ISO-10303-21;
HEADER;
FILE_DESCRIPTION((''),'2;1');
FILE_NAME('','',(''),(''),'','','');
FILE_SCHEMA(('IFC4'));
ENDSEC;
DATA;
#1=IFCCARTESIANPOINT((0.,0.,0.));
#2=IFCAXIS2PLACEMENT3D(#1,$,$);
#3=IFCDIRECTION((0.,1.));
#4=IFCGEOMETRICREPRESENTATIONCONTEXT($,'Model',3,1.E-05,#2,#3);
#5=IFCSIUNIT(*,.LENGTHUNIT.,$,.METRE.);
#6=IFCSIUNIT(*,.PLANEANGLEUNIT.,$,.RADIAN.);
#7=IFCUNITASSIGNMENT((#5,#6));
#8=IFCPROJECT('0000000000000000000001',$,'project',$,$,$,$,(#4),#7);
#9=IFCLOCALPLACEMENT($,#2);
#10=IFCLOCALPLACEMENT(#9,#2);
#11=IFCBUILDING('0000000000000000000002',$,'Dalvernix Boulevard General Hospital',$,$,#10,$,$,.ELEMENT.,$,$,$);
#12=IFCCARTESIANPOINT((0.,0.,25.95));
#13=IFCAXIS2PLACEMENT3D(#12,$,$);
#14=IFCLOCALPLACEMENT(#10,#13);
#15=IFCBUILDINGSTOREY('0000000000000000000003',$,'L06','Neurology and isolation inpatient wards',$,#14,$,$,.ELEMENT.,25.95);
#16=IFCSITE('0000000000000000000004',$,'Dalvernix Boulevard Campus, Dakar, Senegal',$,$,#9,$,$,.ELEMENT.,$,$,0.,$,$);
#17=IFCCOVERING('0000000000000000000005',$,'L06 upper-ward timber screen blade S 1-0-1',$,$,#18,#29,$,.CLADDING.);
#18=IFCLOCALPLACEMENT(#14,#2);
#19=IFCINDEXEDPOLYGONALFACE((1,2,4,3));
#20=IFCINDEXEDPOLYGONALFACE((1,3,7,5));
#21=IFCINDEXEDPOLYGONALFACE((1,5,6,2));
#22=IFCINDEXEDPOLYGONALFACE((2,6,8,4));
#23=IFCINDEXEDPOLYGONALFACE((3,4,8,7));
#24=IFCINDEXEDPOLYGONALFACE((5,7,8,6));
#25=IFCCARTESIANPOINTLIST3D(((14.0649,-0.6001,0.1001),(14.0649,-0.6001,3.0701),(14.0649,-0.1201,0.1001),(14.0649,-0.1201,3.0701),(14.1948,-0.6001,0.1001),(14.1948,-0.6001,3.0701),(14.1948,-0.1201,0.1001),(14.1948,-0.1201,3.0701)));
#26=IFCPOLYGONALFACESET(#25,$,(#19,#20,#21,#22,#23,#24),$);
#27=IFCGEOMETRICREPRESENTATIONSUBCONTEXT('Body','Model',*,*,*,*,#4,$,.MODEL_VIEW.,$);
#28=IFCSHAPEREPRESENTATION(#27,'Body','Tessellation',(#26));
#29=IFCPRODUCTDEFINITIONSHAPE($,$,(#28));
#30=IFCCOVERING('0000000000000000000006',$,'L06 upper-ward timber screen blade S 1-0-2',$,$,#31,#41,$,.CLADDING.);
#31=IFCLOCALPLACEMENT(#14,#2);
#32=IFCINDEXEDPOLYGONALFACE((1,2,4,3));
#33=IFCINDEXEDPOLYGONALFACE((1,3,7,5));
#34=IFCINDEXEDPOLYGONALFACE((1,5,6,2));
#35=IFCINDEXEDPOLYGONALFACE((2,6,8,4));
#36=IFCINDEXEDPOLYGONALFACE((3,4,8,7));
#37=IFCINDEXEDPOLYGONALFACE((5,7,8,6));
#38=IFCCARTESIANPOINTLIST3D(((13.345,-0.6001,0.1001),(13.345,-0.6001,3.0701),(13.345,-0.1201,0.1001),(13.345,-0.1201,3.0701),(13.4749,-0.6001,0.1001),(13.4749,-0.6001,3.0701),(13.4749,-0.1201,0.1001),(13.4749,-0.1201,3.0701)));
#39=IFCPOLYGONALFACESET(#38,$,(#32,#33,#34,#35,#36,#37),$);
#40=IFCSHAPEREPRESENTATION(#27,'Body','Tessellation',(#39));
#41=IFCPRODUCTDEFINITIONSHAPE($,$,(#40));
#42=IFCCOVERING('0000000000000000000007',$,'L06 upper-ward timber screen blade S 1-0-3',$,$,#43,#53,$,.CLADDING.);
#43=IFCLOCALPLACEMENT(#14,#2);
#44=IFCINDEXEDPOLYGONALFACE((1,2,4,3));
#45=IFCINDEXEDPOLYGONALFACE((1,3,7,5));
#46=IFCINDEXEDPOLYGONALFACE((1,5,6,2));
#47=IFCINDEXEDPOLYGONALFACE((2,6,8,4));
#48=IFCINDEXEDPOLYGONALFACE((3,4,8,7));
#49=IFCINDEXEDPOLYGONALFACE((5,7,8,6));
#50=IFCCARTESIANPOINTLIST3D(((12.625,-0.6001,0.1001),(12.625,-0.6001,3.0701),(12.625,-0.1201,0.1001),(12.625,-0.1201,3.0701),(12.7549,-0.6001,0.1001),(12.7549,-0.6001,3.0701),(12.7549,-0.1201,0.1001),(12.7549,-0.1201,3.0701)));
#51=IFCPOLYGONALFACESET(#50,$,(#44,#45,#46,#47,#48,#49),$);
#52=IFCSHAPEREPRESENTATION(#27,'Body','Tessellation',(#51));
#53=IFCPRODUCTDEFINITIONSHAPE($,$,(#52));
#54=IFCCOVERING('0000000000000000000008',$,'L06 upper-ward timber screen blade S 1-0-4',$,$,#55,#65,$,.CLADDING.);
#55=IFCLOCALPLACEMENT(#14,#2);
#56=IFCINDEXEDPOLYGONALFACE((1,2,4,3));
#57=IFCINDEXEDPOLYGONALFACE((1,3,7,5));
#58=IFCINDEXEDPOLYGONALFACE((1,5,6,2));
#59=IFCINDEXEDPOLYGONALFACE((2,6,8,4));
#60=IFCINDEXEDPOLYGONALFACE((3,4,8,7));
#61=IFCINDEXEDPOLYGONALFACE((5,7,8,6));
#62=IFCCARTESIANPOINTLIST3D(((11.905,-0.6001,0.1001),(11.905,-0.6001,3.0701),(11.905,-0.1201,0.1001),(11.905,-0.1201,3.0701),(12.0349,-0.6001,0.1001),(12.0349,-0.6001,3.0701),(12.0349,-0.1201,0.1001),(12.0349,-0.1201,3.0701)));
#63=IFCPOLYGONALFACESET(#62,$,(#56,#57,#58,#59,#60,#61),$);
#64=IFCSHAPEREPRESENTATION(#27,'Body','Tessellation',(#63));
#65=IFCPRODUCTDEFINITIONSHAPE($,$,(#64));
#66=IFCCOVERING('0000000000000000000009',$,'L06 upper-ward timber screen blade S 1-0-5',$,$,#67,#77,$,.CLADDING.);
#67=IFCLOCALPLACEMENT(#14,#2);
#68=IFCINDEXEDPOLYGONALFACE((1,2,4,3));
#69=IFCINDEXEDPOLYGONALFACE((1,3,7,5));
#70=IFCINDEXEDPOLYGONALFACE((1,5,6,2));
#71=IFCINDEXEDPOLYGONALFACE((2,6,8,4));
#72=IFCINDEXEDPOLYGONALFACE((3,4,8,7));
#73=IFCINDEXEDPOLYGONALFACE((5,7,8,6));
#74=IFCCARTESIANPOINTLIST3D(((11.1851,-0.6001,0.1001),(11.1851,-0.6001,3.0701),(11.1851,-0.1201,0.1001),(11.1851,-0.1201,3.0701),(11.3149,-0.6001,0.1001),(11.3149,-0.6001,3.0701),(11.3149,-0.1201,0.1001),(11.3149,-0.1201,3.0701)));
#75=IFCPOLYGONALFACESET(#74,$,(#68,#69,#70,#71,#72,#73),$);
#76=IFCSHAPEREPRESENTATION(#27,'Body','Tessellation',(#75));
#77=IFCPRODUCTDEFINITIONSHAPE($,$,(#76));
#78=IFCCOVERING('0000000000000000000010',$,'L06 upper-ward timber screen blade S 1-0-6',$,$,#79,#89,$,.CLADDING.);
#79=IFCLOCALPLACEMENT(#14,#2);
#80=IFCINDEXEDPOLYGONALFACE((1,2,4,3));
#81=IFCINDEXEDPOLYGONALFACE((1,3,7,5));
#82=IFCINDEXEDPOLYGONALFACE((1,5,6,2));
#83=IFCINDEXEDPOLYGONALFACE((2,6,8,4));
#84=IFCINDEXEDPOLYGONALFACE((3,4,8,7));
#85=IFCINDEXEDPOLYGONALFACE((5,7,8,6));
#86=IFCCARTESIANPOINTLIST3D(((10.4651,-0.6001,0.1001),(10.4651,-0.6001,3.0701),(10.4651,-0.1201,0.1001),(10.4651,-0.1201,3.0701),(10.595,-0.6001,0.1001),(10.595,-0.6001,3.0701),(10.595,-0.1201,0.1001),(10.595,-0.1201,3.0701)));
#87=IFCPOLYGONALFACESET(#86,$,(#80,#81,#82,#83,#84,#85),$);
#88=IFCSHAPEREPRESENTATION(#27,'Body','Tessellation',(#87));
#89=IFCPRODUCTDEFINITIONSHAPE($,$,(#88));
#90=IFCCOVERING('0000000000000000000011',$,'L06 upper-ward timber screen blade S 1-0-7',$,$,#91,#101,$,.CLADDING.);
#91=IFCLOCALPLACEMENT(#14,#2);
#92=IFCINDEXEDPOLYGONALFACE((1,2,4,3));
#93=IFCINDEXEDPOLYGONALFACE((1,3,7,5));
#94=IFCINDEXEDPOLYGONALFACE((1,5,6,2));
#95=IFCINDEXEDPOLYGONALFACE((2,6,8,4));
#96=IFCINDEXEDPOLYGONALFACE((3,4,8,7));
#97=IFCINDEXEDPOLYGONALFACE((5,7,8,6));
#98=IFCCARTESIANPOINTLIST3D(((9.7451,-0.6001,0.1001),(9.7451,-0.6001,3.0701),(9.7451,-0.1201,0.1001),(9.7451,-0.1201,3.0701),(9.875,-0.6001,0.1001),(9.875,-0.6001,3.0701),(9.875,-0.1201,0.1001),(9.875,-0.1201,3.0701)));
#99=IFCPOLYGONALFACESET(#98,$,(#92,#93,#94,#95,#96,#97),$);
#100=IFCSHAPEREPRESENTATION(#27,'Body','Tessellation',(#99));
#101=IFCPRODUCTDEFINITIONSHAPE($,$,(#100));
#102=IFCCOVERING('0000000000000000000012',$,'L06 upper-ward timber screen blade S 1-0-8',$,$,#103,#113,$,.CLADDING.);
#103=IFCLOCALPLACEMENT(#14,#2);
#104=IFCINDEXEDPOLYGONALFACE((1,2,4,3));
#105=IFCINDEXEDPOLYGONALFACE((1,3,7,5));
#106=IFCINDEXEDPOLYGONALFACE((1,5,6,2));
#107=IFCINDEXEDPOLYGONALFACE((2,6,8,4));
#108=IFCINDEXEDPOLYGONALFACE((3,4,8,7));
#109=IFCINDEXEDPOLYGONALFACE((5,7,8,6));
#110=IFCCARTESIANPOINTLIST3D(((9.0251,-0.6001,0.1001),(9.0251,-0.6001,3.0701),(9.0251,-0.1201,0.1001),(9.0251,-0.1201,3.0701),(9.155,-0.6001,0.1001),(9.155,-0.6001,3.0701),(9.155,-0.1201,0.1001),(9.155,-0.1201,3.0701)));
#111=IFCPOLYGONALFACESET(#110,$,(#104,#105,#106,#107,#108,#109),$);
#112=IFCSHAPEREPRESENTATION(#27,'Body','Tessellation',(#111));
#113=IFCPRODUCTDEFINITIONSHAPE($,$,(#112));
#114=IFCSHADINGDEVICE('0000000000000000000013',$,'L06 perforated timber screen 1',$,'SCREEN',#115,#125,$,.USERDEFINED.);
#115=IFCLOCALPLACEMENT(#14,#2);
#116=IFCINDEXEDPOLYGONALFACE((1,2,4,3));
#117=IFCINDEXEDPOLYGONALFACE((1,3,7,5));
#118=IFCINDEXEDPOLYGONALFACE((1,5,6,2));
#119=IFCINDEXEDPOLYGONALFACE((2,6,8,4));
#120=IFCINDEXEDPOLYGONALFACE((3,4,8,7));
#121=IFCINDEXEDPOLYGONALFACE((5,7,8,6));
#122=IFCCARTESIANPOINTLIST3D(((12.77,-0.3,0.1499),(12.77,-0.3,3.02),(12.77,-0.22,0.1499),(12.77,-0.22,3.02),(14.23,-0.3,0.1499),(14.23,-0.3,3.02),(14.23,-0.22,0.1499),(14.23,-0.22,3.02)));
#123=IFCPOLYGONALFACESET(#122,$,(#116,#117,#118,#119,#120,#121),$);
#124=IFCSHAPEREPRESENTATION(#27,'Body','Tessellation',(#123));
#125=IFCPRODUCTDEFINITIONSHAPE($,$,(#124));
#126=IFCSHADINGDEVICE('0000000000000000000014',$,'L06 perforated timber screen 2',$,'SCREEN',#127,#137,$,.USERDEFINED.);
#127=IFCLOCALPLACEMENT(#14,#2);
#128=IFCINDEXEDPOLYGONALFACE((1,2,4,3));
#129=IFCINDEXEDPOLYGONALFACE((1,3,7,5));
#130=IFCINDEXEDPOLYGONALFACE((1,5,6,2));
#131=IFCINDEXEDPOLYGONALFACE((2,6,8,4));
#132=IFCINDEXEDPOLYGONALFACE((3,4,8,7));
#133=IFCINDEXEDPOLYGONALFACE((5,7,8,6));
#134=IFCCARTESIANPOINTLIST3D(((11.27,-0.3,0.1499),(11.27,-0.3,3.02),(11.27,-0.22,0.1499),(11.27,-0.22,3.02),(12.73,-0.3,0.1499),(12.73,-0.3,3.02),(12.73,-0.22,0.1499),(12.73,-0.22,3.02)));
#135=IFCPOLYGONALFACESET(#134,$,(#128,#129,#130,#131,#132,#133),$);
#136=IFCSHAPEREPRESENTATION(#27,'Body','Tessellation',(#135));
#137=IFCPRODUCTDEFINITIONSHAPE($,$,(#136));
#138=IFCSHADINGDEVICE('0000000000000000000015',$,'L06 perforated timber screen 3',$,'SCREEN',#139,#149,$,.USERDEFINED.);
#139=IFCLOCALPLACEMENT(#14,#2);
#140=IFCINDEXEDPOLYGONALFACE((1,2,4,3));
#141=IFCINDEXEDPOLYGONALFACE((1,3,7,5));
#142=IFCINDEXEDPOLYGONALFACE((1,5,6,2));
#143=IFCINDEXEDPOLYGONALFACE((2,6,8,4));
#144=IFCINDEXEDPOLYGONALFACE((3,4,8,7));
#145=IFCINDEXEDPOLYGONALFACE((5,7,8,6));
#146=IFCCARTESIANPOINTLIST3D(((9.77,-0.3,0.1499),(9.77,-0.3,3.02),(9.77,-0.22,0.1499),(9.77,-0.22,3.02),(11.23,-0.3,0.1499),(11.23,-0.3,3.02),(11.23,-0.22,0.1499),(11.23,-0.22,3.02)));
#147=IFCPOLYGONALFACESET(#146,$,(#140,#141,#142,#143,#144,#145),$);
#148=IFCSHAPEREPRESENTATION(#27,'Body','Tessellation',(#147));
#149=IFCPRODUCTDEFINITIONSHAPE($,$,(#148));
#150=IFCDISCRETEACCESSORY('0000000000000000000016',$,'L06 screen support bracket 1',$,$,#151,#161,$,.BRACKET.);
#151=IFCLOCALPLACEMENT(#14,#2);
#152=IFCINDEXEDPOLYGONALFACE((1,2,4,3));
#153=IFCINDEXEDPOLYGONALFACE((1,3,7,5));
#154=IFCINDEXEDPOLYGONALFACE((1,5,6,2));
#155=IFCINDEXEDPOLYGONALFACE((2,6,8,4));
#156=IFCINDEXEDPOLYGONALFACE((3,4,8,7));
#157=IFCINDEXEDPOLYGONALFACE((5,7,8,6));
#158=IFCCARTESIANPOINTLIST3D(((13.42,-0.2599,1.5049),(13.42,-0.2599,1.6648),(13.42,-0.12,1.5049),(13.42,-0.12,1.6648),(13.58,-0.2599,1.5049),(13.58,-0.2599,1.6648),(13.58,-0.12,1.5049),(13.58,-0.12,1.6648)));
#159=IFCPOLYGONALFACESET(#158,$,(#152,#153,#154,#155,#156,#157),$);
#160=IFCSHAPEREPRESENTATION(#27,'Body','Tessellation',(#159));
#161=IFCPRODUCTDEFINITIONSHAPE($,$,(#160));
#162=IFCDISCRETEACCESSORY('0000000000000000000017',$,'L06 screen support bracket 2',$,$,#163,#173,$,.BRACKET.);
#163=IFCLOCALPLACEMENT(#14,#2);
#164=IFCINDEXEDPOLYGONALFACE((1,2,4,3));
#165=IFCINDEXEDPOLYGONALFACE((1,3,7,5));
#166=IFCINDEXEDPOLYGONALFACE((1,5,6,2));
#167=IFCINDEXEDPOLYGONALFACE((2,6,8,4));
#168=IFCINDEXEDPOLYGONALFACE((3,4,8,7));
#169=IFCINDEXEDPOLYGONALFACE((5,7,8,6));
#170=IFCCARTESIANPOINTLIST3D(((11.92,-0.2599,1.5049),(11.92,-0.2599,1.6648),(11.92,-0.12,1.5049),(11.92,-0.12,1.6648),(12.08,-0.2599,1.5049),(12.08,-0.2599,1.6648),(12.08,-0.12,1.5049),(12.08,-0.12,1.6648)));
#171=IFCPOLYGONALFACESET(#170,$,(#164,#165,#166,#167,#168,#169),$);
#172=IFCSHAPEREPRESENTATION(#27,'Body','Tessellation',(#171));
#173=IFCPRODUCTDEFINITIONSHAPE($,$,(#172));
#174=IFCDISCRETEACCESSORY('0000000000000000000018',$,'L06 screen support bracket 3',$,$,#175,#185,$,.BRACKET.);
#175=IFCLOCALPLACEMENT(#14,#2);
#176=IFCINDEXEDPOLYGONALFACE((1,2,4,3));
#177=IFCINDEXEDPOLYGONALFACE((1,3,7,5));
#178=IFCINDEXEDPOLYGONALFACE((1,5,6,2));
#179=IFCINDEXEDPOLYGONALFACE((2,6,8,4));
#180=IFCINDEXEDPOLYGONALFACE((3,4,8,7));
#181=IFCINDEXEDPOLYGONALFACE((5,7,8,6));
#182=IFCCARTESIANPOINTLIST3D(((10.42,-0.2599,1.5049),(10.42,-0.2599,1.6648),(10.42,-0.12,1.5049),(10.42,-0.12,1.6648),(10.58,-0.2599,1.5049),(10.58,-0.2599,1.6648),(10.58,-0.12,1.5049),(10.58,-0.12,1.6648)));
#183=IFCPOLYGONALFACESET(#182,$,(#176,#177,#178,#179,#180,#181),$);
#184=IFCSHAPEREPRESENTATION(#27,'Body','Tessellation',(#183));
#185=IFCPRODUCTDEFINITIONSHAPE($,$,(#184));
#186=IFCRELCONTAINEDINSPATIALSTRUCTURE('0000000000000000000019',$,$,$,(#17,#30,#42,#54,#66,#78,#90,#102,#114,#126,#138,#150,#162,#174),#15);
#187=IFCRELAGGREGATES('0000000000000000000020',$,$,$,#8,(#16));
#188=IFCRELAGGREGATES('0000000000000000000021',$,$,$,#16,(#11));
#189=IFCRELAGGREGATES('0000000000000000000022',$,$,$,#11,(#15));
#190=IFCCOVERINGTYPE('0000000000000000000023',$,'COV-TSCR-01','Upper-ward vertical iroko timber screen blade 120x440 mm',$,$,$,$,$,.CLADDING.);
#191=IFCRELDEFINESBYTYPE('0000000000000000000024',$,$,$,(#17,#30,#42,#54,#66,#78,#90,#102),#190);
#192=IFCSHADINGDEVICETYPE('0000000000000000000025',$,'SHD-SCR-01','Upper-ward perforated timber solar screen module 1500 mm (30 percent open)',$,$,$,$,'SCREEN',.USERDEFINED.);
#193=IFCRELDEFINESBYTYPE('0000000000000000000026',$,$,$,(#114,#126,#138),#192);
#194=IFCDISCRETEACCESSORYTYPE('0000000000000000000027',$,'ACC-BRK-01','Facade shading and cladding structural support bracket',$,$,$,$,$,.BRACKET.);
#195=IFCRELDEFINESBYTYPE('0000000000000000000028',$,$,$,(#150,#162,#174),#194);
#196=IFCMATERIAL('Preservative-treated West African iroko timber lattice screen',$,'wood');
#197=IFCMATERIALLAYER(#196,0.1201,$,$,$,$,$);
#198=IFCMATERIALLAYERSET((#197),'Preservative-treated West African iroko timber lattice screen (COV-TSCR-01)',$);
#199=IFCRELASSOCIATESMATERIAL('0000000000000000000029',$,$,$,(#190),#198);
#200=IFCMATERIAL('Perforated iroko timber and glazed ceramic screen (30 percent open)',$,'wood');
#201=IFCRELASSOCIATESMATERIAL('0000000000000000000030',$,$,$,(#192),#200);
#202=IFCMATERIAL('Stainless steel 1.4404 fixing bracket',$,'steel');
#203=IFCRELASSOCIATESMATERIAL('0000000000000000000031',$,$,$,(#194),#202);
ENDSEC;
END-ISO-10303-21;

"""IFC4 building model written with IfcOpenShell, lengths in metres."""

from ifc_helpers import new_model, si_unit, direction, frame, origin, origin_2d, place, context, subcontext, project, spatial, rectangle, extrude, material, layer, layer_set, type_object, element, save


model = new_model("IFC4")

# Units and contexts
model_context = context("Model", 3, precision=1e-05, world=origin(), true_north=direction((0.0, 1.0)))
body_context = subcontext(model_context, "Body", "Model", "MODEL_VIEW")
ifc_project = project(units=[si_unit("LENGTHUNIT", "METRE"), si_unit("PLANEANGLEUNIT", "RADIAN")], contexts=[model_context])

# Site, building, storey
site_placement = place(None, origin())
site = spatial("IfcSite", under=ifc_project, at=site_placement, Name="Dalvernix Boulevard Campus, Dakar, Senegal", CompositionType="ELEMENT", RefElevation=0.0)
building_placement = place(site_placement, origin())
building = spatial("IfcBuilding", under=site, at=building_placement, Name="Dalvernix Boulevard General Hospital", CompositionType="ELEMENT")
storey_placement = place(building_placement, frame((0.0, 0.0, 25.95)))
storey = spatial("IfcBuildingStorey", under=building, at=storey_placement, Name="L06", Description="Neurology and isolation inpatient wards", CompositionType="ELEMENT", Elevation=25.95)

# Coverings
ifc_material_1 = material(Name="Preservative-treated West African iroko timber lattice screen", Category="wood")
ifc_layer_1 = layer(ifc_material_1, 0.1201)
ifc_layer_set_1 = layer_set([ifc_layer_1], Name="Preservative-treated West African iroko timber lattice screen (COV-TSCR-01)")
covering_type_1 = type_object("IfcCoveringType", Name="COV-TSCR-01", Description="Upper-ward vertical iroko timber screen blade 120x440 mm", PredefinedType="CLADDING", material=ifc_layer_set_1)
for number, where, z_axis, x_axis, name in (
    (1, (14.1299, -0.3601, 0.1001), (0.0, 0.0, 1.0), (-1.0, 0.0, 0.0), "L06 upper-ward timber screen blade S 1-0-1"),
    (2, (13.4099, -0.3601, 0.1001), (0.0, 0.0, 1.0), (-1.0, 0.0, 0.0), "L06 upper-ward timber screen blade S 1-0-2"),
    (3, (12.6899, -0.3601, 0.1001), (0.0, 0.0, 1.0), (-1.0, 0.0, 0.0), "L06 upper-ward timber screen blade S 1-0-3"),
    (4, (11.97, -0.3601, 0.1001), (0.0, 0.0, 1.0), (-1.0, 0.0, 0.0), "L06 upper-ward timber screen blade S 1-0-4"),
    (5, (11.25, -0.3601, 0.1001), (0.0, 0.0, 1.0), (-1.0, 0.0, 0.0), "L06 upper-ward timber screen blade S 1-0-5"),
    (6, (10.53, -0.3601, 0.1001), (0.0, 0.0, 1.0), (-1.0, 0.0, 0.0), "L06 upper-ward timber screen blade S 1-0-6"),
    (7, (9.8101, -0.3601, 0.1001), (0.0, 0.0, 1.0), (-1.0, 0.0, 0.0), "L06 upper-ward timber screen blade S 1-0-7"),
    (8, (9.0901, -0.3601, 0.1001), (0.0, 0.0, 1.0), (-1.0, 0.0, 0.0), "L06 upper-ward timber screen blade S 1-0-8"),
):
    element("IfcCovering", number, at=place(storey_placement, frame(where, z_axis=z_axis, x_axis=x_axis)), inside=storey, type_object=covering_type_1, Name=name, PredefinedType="CLADDING", context=body_context, shape_type="SweptSolid", body=[
        extrude(rectangle(XDim=0.1299, YDim=0.48, at=origin_2d()), origin(), (0.0, 0.0, 1.0), 2.97),
    ])

# Shading devices
ifc_material_2 = material(Name="Perforated iroko timber and glazed ceramic screen (30 percent open)", Category="wood")
shading_device_type = type_object("IfcShadingDeviceType", Name="SHD-SCR-01", Description="Upper-ward perforated timber solar screen module 1500 mm (30 percent open)", ElementType="SCREEN", PredefinedType="USERDEFINED", material=ifc_material_2)
for number, where, z_axis, x_axis, name in (
    (9, (13.5, -0.26, 0.1499), (0.0, 0.0, 1.0), (-1.0, 0.0, 0.0), "L06 perforated timber screen 1"),
    (10, (12.0, -0.26, 0.1499), (0.0, 0.0, 1.0), (-1.0, 0.0, 0.0), "L06 perforated timber screen 2"),
    (11, (10.5, -0.26, 0.1499), (0.0, 0.0, 1.0), (-1.0, 0.0, 0.0), "L06 perforated timber screen 3"),
):
    element("IfcShadingDevice", number, at=place(storey_placement, frame(where, z_axis=z_axis, x_axis=x_axis)), inside=storey, type_object=shading_device_type, Name=name, ObjectType="SCREEN", PredefinedType="USERDEFINED", context=body_context, shape_type="SweptSolid", body=[
        extrude(rectangle(XDim=1.46, YDim=0.0801, at=origin_2d()), origin(), (0.0, 0.0, 1.0), 2.8701),
    ])

# Discrete accessories
ifc_material_3 = material(Name="Stainless steel 1.4404 fixing bracket", Category="steel")
discrete_accessory_type = type_object("IfcDiscreteAccessoryType", Name="ACC-BRK-01", Description="Facade shading and cladding structural support bracket", PredefinedType="BRACKET", material=ifc_material_3)
for number, where, z_axis, x_axis, name in (
    (12, (13.5, -0.1899, 1.5049), (0.0, 0.0, 1.0), (-1.0, 0.0, 0.0), "L06 screen support bracket 1"),
    (13, (12.0, -0.1899, 1.5049), (0.0, 0.0, 1.0), (-1.0, 0.0, 0.0), "L06 screen support bracket 2"),
    (14, (10.5, -0.1899, 1.5049), (0.0, 0.0, 1.0), (-1.0, 0.0, 0.0), "L06 screen support bracket 3"),
):
    element("IfcDiscreteAccessory", number, at=place(storey_placement, frame(where, z_axis=z_axis, x_axis=x_axis)), inside=storey, type_object=discrete_accessory_type, Name=name, PredefinedType="BRACKET", context=body_context, shape_type="SweptSolid", body=[
        extrude(rectangle(XDim=0.1599, YDim=0.1399, at=origin_2d()), origin(), (0.0, 0.0, 1.0), 0.1599),
    ])

save(model, "model.ifc")
